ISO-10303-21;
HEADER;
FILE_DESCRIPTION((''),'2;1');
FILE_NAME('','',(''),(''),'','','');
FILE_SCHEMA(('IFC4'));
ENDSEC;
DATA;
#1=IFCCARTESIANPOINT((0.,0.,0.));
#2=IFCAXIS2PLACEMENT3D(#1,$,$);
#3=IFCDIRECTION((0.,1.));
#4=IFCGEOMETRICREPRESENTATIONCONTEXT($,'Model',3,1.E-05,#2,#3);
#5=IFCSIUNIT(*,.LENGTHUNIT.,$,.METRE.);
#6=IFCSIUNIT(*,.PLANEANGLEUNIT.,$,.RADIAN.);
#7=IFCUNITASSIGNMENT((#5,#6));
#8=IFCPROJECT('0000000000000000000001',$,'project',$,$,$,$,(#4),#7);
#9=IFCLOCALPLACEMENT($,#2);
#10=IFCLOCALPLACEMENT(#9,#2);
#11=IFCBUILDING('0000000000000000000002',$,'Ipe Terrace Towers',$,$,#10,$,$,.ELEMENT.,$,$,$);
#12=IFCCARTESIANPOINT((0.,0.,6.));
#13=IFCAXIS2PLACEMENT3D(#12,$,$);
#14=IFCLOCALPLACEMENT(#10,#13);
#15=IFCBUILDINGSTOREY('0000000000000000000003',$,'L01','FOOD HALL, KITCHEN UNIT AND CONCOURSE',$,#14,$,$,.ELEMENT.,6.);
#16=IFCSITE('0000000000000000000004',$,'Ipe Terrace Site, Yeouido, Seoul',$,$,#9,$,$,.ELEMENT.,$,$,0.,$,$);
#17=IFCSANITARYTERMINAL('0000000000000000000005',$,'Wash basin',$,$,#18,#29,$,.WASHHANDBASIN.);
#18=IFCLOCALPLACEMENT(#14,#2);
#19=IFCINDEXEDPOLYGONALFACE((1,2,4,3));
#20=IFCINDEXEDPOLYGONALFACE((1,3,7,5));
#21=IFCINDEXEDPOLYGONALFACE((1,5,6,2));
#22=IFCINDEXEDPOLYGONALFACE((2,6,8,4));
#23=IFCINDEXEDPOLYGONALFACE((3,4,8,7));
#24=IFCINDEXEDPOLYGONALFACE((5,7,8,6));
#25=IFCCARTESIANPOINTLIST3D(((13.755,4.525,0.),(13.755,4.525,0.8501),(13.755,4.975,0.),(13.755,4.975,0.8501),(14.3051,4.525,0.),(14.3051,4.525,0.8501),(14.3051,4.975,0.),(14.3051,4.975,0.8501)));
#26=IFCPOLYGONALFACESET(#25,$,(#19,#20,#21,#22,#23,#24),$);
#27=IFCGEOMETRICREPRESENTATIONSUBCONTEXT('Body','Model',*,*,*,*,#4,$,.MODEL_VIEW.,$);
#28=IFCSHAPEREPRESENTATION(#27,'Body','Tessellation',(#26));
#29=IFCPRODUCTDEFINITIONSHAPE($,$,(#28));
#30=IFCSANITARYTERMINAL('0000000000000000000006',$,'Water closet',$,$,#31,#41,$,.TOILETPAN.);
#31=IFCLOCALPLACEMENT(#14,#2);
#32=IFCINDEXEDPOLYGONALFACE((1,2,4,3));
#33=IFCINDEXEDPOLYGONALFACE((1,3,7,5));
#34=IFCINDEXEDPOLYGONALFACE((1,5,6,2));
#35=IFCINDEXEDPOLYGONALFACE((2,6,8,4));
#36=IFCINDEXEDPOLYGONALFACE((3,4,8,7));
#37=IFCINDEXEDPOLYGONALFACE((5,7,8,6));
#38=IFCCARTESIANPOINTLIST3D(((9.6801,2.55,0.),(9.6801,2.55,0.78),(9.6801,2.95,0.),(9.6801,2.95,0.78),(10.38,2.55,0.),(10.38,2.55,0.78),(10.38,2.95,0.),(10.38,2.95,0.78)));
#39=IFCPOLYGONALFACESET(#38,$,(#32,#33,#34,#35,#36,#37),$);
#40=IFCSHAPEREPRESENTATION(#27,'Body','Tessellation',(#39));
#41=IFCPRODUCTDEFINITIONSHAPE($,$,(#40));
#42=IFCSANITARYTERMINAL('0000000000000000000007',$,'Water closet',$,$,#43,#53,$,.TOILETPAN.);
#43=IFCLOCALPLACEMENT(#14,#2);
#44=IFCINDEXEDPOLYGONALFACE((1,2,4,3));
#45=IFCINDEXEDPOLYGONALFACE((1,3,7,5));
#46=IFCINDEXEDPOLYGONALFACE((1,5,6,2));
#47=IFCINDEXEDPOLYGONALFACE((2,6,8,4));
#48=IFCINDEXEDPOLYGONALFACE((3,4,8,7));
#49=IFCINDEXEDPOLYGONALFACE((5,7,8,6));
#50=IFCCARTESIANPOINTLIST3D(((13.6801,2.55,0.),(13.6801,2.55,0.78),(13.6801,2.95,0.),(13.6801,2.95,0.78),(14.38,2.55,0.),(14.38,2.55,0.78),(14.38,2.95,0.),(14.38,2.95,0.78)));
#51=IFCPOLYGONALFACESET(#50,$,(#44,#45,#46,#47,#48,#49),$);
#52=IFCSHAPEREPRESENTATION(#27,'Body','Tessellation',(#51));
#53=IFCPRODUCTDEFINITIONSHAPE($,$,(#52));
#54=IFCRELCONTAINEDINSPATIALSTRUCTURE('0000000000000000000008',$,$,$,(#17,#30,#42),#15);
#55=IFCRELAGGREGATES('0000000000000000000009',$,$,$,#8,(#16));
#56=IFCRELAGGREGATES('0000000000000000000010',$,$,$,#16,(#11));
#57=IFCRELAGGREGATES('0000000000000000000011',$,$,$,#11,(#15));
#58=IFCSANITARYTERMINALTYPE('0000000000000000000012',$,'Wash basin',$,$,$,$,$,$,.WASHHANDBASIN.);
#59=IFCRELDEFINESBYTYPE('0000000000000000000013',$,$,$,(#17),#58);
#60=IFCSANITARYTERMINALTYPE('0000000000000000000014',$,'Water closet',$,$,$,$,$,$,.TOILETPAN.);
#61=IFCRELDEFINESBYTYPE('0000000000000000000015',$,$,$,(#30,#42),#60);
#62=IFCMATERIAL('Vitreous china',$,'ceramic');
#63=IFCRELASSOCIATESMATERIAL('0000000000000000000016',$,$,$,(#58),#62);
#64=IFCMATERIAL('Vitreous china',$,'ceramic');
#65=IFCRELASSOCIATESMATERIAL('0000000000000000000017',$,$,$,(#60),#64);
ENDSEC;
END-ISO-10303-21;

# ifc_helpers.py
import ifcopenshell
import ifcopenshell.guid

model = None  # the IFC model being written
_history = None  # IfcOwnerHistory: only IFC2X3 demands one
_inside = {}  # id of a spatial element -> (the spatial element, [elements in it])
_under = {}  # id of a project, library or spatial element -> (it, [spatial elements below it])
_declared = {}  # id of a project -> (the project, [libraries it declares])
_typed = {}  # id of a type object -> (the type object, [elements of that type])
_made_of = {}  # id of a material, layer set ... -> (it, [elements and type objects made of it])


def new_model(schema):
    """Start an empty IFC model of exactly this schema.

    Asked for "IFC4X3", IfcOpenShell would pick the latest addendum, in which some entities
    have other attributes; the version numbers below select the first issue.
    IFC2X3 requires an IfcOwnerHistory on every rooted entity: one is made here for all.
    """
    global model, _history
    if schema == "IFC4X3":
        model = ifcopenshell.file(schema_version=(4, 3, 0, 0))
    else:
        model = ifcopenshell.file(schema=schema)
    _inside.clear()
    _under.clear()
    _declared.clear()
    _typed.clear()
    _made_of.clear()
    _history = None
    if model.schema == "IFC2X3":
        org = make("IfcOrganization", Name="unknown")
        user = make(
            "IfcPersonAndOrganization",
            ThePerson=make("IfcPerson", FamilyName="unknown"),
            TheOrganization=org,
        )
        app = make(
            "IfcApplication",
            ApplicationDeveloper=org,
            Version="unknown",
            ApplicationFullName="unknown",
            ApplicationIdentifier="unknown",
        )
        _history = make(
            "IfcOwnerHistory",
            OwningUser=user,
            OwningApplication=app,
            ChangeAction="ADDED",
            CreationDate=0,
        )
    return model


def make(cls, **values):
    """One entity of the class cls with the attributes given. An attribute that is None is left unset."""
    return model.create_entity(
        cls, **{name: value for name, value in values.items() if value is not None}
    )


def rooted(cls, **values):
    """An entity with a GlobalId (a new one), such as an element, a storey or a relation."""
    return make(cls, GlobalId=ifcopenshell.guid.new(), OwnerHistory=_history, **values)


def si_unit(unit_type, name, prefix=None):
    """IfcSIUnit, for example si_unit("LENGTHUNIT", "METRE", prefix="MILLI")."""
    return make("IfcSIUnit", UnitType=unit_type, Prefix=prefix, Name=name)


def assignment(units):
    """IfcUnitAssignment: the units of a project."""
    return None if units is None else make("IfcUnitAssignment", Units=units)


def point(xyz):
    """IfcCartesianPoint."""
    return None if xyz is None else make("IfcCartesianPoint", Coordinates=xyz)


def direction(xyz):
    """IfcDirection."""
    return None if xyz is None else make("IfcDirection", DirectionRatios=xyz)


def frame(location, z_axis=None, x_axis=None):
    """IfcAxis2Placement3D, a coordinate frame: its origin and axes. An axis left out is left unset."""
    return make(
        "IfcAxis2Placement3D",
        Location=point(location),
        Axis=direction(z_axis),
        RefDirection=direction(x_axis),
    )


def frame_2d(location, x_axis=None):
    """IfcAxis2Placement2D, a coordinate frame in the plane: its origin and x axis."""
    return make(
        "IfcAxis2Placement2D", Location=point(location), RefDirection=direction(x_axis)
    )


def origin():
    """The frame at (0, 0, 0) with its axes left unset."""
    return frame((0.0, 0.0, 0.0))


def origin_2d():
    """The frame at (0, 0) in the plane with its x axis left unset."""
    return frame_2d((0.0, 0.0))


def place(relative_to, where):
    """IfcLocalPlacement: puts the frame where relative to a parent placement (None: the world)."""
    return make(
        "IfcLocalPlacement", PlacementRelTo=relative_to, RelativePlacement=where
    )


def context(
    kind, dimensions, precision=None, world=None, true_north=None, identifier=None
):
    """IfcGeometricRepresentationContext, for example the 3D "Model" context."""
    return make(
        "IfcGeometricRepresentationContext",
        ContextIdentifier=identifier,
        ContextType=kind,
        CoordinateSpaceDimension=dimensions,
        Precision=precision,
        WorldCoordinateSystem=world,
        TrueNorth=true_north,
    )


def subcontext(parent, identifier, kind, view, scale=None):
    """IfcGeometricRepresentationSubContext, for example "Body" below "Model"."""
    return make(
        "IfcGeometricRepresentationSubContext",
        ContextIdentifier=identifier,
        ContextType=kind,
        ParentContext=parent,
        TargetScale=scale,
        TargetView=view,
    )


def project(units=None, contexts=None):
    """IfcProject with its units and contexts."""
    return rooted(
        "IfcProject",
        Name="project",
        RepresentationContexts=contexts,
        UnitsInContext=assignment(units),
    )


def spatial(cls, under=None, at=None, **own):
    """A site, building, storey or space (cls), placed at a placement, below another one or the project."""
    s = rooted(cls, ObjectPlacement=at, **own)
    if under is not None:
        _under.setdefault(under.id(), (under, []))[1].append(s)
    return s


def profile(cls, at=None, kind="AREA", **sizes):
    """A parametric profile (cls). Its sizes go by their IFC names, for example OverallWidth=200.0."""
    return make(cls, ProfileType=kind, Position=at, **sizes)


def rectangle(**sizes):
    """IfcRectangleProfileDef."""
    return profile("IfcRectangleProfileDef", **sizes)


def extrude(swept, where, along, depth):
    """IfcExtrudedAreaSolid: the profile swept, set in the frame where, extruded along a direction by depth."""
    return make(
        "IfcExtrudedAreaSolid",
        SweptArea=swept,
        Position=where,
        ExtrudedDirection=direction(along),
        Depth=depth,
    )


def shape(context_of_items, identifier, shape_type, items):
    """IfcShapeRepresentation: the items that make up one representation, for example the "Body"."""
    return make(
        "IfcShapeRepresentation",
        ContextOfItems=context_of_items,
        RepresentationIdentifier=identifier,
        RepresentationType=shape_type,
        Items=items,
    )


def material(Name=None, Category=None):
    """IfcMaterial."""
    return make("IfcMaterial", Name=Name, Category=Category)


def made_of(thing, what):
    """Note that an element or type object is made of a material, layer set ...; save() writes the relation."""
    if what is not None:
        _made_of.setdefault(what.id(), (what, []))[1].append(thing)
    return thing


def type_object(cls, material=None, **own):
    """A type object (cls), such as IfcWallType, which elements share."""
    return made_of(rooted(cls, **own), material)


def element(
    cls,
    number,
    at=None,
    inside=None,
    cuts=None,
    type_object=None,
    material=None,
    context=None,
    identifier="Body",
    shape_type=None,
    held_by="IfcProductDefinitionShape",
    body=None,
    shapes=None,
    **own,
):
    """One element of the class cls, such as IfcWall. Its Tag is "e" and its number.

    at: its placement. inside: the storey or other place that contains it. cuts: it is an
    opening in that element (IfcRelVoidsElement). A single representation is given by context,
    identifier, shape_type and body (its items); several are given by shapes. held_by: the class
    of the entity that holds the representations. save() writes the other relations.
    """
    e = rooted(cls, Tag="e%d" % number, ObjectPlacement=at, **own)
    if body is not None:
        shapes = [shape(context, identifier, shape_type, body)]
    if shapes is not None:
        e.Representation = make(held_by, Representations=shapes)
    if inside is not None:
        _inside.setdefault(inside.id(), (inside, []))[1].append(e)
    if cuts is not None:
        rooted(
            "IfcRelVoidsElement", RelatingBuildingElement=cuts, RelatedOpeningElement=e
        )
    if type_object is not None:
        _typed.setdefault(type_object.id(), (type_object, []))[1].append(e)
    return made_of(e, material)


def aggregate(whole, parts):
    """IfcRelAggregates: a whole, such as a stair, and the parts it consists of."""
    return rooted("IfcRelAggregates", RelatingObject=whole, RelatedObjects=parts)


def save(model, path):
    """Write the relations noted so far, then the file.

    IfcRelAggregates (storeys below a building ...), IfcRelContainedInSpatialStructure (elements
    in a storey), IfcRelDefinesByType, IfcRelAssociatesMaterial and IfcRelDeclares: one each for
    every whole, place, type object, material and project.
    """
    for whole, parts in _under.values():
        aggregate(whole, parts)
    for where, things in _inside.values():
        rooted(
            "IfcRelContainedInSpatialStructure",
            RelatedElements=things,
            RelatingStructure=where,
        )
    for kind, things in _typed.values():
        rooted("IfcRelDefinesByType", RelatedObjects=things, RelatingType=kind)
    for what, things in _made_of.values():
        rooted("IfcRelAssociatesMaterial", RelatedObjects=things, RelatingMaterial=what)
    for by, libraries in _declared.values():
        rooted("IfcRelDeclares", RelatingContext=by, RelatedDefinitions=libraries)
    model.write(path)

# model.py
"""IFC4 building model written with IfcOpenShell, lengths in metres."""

from ifc_helpers import new_model, si_unit, direction, frame, origin, origin_2d, place, context, subcontext, project, spatial, rectangle, extrude, material, type_object, element, save


model = new_model("IFC4")

# Units and contexts
model_context = context("Model", 3, precision=1e-05, world=origin(), true_north=direction((0.0, 1.0)))
body_context = subcontext(model_context, "Body", "Model", "MODEL_VIEW")
ifc_project = project(units=[si_unit("LENGTHUNIT", "METRE"), si_unit("PLANEANGLEUNIT", "RADIAN")], contexts=[model_context])

# Site, building, storey
site_placement = place(None, origin())
site = spatial("IfcSite", under=ifc_project, at=site_placement, Name="Ipe Terrace Site, Yeouido, Seoul", CompositionType="ELEMENT", RefElevation=0.0)
building_placement = place(site_placement, origin())
building = spatial("IfcBuilding", under=site, at=building_placement, Name="Ipe Terrace Towers", CompositionType="ELEMENT")
storey_placement = place(building_placement, frame((0.0, 0.0, 6.0)))
storey = spatial("IfcBuildingStorey", under=building, at=storey_placement, Name="L01", Description="FOOD HALL, KITCHEN UNIT AND CONCOURSE", CompositionType="ELEMENT", Elevation=6.0)

# Sanitary terminals
ifc_material_1 = material(Name="Vitreous china", Category="ceramic")
sanitary_terminal_type_1 = type_object("IfcSanitaryTerminalType", Name="Wash basin", PredefinedType="WASHHANDBASIN", material=ifc_material_1)
for number, where, z_axis, x_axis, name in (
    (1, (14.03, 4.75, 0.0), (0.0, 0.0, 1.0), (1.0, 0.0, 0.0), "Wash basin"),
):
    element("IfcSanitaryTerminal", number, at=place(storey_placement, frame(where, z_axis=z_axis, x_axis=x_axis)), inside=storey, type_object=sanitary_terminal_type_1, Name=name, PredefinedType="WASHHANDBASIN", context=body_context, shape_type="SweptSolid", body=[
        extrude(rectangle(XDim=0.55, YDim=0.45, at=origin_2d()), origin(), (0.0, 0.0, 1.0), 0.8501),
    ])
ifc_material_2 = material(Name="Vitreous china", Category="ceramic")
sanitary_terminal_type_2 = type_object("IfcSanitaryTerminalType", Name="Water closet", PredefinedType="TOILETPAN", material=ifc_material_2)
for number, where, z_axis, x_axis, name in (
    (2, (10.03, 2.75, 0.0), (0.0, 0.0, 1.0), (1.0, 0.0, 0.0), "Water closet"),
    (3, (14.03, 2.75, 0.0), (0.0, 0.0, 1.0), (1.0, 0.0, 0.0), "Water closet"),
):
    element("IfcSanitaryTerminal", number, at=place(storey_placement, frame(where, z_axis=z_axis, x_axis=x_axis)), inside=storey, type_object=sanitary_terminal_type_2, Name=name, PredefinedType="TOILETPAN", context=body_context, shape_type="SweptSolid", body=[
        extrude(rectangle(XDim=0.7, YDim=0.3999, at=origin_2d()), origin(), (0.0, 0.0, 1.0), 0.78),
    ])

save(model, "model.ifc")
